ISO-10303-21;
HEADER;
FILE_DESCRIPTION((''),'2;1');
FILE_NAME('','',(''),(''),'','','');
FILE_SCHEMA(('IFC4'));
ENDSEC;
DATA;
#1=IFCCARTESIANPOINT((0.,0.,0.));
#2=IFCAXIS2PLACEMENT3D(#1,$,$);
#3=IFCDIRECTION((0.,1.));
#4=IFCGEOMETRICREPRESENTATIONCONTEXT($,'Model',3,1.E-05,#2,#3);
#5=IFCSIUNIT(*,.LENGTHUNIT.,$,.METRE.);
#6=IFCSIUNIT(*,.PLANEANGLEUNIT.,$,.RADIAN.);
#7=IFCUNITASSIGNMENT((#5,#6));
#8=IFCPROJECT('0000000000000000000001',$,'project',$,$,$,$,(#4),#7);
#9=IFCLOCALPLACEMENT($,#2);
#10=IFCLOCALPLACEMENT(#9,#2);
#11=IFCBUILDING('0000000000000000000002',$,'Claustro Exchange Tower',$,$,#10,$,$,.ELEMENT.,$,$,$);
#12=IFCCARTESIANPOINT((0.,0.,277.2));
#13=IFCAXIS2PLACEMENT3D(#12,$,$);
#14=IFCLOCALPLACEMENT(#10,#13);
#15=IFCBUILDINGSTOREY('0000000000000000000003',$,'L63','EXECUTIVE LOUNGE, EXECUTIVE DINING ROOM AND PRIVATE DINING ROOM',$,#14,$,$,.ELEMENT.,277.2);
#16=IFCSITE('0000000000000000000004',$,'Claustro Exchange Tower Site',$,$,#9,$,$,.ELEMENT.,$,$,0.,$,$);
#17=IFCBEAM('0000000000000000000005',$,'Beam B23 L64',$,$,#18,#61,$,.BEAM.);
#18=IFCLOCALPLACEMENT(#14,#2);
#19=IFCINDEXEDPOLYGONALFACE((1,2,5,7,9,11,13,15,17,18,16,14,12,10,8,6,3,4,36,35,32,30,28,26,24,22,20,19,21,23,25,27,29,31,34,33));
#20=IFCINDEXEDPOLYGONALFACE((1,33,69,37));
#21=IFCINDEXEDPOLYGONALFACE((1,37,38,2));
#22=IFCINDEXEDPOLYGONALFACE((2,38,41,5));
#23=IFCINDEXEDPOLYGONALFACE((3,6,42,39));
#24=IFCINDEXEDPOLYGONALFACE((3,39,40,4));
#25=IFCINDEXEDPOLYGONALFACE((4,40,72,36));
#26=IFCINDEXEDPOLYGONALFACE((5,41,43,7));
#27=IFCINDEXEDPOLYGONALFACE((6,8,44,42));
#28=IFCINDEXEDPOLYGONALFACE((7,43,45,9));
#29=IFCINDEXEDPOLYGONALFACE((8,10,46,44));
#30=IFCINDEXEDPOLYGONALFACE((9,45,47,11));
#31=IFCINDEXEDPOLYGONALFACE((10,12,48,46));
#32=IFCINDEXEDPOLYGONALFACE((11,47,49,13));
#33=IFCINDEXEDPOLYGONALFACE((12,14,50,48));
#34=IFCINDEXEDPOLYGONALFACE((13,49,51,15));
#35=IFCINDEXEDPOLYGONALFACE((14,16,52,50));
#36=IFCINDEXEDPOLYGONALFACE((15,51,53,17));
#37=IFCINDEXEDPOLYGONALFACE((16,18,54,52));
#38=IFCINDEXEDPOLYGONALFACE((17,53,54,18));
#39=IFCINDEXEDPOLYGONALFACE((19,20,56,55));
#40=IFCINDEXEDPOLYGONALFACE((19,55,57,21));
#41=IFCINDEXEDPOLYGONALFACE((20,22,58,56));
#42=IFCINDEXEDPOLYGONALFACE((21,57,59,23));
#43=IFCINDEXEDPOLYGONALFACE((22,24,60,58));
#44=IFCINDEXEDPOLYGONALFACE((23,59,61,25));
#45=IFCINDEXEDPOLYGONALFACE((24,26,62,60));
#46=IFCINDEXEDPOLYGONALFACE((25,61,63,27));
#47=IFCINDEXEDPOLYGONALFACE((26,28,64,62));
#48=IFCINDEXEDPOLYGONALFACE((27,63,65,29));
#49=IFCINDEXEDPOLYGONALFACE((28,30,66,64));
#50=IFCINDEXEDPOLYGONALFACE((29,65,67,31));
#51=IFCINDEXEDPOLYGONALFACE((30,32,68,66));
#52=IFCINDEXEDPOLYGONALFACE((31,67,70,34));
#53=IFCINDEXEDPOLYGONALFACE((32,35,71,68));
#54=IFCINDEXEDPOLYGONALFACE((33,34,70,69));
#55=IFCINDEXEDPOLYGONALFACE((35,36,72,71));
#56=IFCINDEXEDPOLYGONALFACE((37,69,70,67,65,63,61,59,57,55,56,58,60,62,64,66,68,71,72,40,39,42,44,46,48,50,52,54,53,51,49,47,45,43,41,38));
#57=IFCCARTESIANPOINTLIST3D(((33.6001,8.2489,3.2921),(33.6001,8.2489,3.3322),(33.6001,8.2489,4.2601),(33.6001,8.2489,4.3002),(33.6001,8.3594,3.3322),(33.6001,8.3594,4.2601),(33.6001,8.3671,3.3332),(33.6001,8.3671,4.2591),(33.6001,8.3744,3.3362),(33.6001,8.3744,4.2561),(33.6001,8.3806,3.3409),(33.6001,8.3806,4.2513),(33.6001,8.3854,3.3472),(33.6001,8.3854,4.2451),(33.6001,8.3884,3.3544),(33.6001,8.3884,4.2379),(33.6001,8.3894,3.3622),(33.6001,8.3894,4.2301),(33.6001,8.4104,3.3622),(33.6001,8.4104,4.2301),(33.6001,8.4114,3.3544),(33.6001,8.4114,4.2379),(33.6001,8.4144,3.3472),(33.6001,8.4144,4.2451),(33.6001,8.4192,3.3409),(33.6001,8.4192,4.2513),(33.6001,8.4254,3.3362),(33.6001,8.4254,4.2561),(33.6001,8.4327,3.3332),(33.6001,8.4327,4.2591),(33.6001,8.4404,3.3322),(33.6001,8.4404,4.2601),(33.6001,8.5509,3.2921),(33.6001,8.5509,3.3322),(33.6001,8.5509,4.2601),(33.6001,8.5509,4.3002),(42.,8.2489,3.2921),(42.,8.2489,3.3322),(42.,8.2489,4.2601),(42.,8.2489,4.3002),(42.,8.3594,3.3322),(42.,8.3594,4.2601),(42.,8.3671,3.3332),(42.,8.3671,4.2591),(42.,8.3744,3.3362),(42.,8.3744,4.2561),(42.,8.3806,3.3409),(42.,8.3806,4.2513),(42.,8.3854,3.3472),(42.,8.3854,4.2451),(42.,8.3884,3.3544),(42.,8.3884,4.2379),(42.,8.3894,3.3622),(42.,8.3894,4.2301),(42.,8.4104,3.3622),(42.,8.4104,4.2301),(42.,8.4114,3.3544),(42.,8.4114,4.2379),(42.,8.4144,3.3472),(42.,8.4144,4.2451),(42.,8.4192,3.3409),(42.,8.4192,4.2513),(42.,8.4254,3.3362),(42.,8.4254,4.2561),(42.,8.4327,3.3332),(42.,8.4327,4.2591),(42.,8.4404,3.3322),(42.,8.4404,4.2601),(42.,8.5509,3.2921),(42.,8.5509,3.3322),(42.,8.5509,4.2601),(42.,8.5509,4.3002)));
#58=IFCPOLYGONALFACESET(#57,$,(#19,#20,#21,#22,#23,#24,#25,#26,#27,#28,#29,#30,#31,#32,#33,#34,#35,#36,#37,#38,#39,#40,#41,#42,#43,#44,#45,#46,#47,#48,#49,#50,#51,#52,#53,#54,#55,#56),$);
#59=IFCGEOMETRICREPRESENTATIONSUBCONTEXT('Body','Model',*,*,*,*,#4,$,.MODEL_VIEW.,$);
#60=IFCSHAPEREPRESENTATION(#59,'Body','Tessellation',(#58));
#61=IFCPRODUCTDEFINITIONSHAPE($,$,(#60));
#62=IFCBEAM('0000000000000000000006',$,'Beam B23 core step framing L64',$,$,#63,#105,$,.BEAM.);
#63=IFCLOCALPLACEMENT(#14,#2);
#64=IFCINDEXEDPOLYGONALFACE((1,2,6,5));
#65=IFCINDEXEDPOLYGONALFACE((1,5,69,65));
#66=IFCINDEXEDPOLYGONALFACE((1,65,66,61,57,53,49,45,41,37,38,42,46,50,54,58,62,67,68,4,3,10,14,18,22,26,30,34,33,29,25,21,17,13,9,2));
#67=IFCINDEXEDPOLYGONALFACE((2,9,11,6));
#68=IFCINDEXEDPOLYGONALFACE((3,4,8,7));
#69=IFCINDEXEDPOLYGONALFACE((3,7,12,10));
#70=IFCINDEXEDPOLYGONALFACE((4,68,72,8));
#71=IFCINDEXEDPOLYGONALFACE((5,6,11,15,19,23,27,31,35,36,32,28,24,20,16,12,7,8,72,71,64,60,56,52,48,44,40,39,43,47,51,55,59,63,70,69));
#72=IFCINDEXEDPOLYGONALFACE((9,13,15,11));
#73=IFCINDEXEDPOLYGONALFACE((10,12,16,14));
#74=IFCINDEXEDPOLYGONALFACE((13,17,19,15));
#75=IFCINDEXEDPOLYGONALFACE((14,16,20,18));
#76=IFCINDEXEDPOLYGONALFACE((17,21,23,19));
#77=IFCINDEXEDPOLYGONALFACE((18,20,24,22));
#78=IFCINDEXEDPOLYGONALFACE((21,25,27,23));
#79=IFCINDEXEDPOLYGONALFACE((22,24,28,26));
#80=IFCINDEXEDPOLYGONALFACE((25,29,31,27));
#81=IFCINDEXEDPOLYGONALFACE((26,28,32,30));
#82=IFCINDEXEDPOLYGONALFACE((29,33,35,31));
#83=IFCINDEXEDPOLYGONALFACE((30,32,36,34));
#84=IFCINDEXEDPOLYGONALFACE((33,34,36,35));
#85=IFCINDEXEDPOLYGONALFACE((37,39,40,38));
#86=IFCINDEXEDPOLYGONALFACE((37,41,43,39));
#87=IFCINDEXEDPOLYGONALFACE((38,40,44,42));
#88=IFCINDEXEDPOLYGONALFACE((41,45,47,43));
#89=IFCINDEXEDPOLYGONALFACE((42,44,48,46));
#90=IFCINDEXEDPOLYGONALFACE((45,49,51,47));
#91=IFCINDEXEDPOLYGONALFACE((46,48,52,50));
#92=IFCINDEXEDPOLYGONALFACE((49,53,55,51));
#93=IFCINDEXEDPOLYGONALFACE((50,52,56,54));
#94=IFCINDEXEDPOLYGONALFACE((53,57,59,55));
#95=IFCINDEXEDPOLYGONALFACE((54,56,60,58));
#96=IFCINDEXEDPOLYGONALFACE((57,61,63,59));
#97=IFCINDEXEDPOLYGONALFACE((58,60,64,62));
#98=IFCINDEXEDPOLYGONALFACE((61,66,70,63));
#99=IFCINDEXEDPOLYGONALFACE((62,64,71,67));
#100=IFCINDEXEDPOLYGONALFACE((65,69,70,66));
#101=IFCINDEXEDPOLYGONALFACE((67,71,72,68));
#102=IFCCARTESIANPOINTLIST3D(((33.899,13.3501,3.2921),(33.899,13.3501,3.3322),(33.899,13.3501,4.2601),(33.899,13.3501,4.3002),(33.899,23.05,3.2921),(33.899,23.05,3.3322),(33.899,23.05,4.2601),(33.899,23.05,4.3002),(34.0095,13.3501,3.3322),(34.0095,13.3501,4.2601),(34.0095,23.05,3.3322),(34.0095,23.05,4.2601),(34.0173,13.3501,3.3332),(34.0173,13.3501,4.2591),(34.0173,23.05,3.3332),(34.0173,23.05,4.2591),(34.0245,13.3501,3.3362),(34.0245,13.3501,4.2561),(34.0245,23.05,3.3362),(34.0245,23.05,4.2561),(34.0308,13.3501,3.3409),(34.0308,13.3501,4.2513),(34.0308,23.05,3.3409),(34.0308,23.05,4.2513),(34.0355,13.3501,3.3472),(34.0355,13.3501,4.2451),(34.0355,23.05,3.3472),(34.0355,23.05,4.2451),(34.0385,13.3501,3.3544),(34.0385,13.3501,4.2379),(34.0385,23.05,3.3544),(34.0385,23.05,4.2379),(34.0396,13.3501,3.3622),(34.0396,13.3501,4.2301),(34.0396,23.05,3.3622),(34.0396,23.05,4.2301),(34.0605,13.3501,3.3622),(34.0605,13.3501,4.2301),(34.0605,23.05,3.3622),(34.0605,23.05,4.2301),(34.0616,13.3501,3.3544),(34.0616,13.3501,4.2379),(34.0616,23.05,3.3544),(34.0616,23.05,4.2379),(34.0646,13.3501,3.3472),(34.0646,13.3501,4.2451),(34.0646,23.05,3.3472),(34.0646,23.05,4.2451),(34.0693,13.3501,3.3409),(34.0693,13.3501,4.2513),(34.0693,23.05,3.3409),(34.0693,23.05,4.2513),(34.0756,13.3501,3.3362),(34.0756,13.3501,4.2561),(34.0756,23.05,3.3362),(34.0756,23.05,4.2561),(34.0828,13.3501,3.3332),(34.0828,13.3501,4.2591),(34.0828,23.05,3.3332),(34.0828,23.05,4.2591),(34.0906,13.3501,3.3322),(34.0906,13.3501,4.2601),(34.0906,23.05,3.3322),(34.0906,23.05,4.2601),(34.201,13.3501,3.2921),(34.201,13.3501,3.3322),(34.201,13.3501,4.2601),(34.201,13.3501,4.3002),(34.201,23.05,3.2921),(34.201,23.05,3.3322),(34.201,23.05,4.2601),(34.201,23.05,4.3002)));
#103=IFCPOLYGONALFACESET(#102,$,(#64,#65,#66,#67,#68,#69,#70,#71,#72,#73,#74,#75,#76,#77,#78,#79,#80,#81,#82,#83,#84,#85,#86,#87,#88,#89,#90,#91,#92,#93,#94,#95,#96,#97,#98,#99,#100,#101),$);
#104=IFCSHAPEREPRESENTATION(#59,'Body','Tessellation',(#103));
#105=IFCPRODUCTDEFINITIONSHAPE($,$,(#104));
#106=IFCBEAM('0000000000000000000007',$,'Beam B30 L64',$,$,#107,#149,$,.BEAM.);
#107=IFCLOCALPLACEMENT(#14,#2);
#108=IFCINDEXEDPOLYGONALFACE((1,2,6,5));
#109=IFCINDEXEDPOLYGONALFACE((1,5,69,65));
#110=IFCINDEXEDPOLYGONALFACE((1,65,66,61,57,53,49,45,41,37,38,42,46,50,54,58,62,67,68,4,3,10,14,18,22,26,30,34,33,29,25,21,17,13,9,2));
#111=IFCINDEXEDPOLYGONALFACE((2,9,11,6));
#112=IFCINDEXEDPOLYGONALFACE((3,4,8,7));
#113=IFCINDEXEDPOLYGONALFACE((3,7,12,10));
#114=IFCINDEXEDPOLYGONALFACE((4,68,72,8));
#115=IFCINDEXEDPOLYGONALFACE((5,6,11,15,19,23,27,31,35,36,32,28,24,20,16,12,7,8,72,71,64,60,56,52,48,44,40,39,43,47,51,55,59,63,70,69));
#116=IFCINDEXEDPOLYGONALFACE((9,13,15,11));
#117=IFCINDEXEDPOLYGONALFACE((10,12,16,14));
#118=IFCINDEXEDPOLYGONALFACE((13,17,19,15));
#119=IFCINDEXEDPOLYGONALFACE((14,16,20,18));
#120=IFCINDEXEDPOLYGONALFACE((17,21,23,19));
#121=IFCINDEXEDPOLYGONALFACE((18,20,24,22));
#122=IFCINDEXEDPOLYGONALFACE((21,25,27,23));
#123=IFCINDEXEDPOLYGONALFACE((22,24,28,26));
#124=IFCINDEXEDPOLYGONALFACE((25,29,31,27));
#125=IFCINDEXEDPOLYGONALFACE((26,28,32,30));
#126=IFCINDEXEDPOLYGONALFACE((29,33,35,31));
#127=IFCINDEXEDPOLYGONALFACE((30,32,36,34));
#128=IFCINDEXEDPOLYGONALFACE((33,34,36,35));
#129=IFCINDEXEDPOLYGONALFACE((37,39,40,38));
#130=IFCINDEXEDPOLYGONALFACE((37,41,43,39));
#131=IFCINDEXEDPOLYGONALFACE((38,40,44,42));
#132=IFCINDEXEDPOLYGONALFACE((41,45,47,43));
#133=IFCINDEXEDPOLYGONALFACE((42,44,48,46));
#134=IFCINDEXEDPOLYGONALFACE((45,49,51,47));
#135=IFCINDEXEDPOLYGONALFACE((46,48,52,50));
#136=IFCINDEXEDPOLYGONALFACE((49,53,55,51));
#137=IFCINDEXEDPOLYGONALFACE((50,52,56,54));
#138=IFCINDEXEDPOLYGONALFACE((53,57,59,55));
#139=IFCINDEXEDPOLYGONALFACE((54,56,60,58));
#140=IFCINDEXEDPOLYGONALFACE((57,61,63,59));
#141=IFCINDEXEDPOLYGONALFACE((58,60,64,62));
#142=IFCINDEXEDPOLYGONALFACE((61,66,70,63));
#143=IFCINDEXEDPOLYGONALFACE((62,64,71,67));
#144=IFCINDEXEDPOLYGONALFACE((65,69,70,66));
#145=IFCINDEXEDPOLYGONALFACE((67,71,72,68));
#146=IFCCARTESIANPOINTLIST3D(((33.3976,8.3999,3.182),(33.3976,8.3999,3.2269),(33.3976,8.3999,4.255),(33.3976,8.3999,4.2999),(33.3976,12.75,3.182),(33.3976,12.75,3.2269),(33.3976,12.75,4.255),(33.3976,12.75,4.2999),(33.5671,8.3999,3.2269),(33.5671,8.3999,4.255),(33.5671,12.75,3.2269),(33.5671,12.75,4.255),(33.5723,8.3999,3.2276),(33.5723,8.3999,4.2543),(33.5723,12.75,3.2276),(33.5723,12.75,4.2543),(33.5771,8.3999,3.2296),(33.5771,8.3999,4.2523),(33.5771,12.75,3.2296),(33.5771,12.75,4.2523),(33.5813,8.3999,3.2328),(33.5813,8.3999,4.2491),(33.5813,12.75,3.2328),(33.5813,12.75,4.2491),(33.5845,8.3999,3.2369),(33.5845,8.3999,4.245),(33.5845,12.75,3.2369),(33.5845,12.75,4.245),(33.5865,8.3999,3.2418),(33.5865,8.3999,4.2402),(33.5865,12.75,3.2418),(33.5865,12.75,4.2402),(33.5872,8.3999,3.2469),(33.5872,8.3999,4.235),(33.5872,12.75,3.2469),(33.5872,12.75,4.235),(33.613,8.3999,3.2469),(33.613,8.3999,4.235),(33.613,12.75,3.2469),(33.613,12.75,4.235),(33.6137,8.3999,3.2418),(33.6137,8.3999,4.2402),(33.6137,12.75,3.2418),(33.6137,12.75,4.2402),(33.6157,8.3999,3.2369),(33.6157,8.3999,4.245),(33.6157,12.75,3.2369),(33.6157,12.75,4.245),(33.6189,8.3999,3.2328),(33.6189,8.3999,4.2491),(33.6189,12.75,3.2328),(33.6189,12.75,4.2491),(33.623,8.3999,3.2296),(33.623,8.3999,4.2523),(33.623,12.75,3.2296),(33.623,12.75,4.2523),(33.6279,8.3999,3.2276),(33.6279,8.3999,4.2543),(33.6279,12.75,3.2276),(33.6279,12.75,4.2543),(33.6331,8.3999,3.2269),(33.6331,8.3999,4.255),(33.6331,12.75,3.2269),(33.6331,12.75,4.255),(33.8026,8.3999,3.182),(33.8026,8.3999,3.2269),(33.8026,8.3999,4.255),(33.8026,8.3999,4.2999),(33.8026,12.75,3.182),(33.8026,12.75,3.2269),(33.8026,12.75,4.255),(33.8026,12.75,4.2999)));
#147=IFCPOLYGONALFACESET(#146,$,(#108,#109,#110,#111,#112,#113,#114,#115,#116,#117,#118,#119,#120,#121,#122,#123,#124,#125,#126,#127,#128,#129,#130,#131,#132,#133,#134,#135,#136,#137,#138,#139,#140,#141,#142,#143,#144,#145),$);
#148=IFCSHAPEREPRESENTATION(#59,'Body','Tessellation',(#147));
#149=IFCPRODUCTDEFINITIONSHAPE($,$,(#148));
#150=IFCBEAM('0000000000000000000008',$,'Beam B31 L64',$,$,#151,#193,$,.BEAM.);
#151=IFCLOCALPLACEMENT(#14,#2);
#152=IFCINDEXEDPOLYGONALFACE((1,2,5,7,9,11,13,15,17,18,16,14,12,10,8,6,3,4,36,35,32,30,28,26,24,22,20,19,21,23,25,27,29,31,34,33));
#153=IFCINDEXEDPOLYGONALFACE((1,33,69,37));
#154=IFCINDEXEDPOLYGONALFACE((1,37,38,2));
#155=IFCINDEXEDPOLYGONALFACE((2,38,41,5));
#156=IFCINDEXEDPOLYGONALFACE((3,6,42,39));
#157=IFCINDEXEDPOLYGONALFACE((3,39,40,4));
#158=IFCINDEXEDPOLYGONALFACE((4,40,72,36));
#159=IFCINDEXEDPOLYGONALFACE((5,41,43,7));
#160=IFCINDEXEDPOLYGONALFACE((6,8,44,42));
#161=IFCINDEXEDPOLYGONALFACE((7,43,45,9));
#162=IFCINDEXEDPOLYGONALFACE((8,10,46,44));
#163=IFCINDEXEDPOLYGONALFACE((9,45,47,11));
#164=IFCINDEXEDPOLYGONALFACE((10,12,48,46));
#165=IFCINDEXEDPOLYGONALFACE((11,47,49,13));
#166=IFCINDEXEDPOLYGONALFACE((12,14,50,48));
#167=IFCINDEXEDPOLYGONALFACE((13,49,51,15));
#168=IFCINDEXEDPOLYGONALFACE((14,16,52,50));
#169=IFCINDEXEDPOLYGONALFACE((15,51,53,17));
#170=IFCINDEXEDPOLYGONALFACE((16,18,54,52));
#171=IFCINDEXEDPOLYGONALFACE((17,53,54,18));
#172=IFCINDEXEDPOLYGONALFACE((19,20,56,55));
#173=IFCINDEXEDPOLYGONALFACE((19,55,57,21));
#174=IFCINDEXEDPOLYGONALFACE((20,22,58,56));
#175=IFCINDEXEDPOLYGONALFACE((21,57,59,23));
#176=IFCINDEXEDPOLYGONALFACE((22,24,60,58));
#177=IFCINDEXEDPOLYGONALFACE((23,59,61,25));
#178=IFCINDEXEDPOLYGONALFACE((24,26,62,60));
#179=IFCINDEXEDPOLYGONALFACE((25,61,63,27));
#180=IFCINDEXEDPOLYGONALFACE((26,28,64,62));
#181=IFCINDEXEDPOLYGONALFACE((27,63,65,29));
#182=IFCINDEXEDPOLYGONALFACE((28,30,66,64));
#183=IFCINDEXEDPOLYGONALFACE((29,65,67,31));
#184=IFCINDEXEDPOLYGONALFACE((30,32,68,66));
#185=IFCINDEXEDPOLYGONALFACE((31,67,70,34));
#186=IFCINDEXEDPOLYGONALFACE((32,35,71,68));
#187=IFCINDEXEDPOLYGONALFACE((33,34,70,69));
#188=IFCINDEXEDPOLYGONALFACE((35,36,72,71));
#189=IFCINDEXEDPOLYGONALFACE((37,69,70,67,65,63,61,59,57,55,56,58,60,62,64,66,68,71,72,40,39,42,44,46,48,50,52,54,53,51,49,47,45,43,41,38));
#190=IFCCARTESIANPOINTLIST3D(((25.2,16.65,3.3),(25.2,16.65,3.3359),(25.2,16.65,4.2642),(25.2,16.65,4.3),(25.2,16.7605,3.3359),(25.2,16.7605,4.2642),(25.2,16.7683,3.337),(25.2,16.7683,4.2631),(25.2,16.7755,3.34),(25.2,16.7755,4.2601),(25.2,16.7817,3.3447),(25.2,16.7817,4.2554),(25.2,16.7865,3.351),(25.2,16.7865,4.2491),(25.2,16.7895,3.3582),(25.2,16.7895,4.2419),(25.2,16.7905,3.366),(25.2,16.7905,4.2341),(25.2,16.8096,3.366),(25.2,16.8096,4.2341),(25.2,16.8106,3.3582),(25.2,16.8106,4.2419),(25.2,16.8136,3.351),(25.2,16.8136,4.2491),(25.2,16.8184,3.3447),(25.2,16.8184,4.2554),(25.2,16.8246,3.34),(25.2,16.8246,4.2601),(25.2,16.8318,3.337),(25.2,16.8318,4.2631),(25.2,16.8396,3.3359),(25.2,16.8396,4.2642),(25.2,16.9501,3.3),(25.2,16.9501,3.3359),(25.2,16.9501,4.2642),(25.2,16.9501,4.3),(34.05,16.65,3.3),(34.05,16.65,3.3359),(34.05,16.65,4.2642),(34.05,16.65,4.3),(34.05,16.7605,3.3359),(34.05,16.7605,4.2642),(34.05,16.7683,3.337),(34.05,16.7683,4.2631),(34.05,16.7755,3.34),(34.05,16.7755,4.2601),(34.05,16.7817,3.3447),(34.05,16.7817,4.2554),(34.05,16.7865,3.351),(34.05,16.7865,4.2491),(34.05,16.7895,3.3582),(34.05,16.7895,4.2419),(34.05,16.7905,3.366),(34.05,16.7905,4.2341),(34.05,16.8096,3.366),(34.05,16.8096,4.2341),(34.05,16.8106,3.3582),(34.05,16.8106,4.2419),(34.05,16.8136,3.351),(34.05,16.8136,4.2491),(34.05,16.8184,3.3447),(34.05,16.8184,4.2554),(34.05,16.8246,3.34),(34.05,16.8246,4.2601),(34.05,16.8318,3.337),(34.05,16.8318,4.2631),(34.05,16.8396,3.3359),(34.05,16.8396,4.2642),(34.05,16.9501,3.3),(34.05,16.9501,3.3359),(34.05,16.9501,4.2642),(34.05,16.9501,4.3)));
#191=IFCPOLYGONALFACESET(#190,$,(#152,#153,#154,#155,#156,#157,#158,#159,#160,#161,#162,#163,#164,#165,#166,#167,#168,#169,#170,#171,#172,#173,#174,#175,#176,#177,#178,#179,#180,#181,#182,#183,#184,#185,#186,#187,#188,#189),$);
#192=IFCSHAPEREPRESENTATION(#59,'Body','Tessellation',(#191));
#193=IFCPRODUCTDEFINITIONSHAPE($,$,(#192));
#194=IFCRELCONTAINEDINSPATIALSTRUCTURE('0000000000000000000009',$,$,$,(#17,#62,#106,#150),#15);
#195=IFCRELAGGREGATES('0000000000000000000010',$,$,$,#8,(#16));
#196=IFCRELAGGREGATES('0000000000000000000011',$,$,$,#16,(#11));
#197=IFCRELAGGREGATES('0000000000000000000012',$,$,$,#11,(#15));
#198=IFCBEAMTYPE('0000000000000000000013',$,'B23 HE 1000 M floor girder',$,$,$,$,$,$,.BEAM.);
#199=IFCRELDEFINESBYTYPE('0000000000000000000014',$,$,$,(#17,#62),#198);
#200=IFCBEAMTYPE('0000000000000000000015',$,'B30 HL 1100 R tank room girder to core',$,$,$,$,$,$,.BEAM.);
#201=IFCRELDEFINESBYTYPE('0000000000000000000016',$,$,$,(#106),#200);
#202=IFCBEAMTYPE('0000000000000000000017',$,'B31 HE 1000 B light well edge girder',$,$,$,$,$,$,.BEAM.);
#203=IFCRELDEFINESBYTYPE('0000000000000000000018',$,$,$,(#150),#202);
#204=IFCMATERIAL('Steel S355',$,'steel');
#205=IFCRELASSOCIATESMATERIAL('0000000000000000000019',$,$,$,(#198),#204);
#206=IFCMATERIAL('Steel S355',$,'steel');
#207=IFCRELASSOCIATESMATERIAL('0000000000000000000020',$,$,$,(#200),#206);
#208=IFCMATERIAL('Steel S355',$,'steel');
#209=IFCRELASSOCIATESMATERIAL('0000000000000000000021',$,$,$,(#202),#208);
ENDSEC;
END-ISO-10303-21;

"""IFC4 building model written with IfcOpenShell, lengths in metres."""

from ifc_helpers import new_model, si_unit, direction, frame, origin, origin_2d, place, context, subcontext, project, spatial, i_section, extrude, material, material_profile, profile_set, type_object, element, save


model = new_model("IFC4")

# Units and contexts
model_context = context("Model", 3, precision=1e-05, world=origin(), true_north=direction((0.0, 1.0)))
body_context = subcontext(model_context, "Body", "Model", "MODEL_VIEW")
ifc_project = project(units=[si_unit("LENGTHUNIT", "METRE"), si_unit("PLANEANGLEUNIT", "RADIAN")], contexts=[model_context])

# Site, building, storey
site_placement = place(None, origin())
site = spatial("IfcSite", under=ifc_project, at=site_placement, Name="Claustro Exchange Tower Site", CompositionType="ELEMENT", RefElevation=0.0)
building_placement = place(site_placement, origin())
building = spatial("IfcBuilding", under=site, at=building_placement, Name="Claustro Exchange Tower", CompositionType="ELEMENT")
storey_placement = place(building_placement, frame((0.0, 0.0, 277.2)))
storey = spatial("IfcBuildingStorey", under=building, at=storey_placement, Name="L63", Description="EXECUTIVE LOUNGE, EXECUTIVE DINING ROOM AND PRIVATE DINING ROOM", CompositionType="ELEMENT", Elevation=277.2)

# Beams
ifc_material_1 = material(Name="Steel S355", Category="steel")
ifc_material_profile_1 = material_profile(ifc_material_1, i_section(OverallWidth=0.302, OverallDepth=1.0081, WebThickness=0.021, FlangeThickness=0.04, FilletRadius=0.03, at=origin_2d()), Name="HE 1000 M")
ifc_profile_set_1 = profile_set([ifc_material_profile_1], Name="Steel S355")
beam_type_1 = type_object("IfcBeamType", Name="B23 HE 1000 M floor girder", PredefinedType="BEAM", material=ifc_profile_set_1)
beam_1_placement = place(storey_placement, frame((33.6001, 8.3999, 3.7961), z_axis=(1.0, 0.0, 0.0), x_axis=(0.0, 1.0, 0.0)))
element("IfcBeam", 1, at=beam_1_placement, inside=storey, type_object=beam_type_1, Name="Beam B23 L64", PredefinedType="BEAM", context=body_context, shape_type="SweptSolid", body=[
    extrude(i_section(OverallWidth=0.302, OverallDepth=1.0081, WebThickness=0.021, FlangeThickness=0.04, FilletRadius=0.03, at=origin_2d()), origin(), (0.0, 0.0, 1.0), 8.3999),
])
beam_2_placement = place(storey_placement, frame((34.05, 13.3501, 3.7961), z_axis=(0.0, 1.0, 0.0), x_axis=(-1.0, 0.0, 0.0)))
element("IfcBeam", 2, at=beam_2_placement, inside=storey, type_object=beam_type_1, Name="Beam B23 core step framing L64", PredefinedType="BEAM", context=body_context, shape_type="SweptSolid", body=[
    extrude(i_section(OverallWidth=0.302, OverallDepth=1.0081, WebThickness=0.021, FlangeThickness=0.04, FilletRadius=0.03, at=origin_2d()), origin(), (0.0, 0.0, 1.0), 9.7),
])
ifc_material_2 = material(Name="Steel S355", Category="steel")
ifc_material_profile_2 = material_profile(ifc_material_2, i_section(OverallWidth=0.405, OverallDepth=1.1179, WebThickness=0.0259, FlangeThickness=0.0449, FilletRadius=0.02, at=origin_2d()), Name="HL 1100 R")
ifc_profile_set_2 = profile_set([ifc_material_profile_2], Name="Steel S355")
beam_type_2 = type_object("IfcBeamType", Name="B30 HL 1100 R tank room girder to core", PredefinedType="BEAM", material=ifc_profile_set_2)
beam_3_placement = place(storey_placement, frame((33.6001, 8.3999, 3.741), z_axis=(0.0, 1.0, 0.0), x_axis=(-1.0, 0.0, 0.0)))
element("IfcBeam", 3, at=beam_3_placement, inside=storey, type_object=beam_type_2, Name="Beam B30 L64", PredefinedType="BEAM", context=body_context, shape_type="SweptSolid", body=[
    extrude(i_section(OverallWidth=0.405, OverallDepth=1.1179, WebThickness=0.0259, FlangeThickness=0.0449, FilletRadius=0.02, at=origin_2d()), origin(), (0.0, 0.0, 1.0), 4.3501),
])
ifc_material_3 = material(Name="Steel S355", Category="steel")
ifc_material_profile_3 = material_profile(ifc_material_3, i_section(OverallWidth=0.3, OverallDepth=1.0, WebThickness=0.019, FlangeThickness=0.0359, FilletRadius=0.03, at=origin_2d()), Name="HE 1000 B")
ifc_profile_set_3 = profile_set([ifc_material_profile_3], Name="Steel S355")
beam_type_3 = type_object("IfcBeamType", Name="B31 HE 1000 B light well edge girder", PredefinedType="BEAM", material=ifc_profile_set_3)
beam_4_placement = place(storey_placement, frame((25.2, 16.8, 3.8), z_axis=(1.0, 0.0, 0.0), x_axis=(0.0, 1.0, 0.0)))
element("IfcBeam", 4, at=beam_4_placement, inside=storey, type_object=beam_type_3, Name="Beam B31 L64", PredefinedType="BEAM", context=body_context, shape_type="SweptSolid", body=[
    extrude(i_section(OverallWidth=0.3, OverallDepth=1.0, WebThickness=0.019, FlangeThickness=0.0359, FilletRadius=0.03, at=origin_2d()), origin(), (0.0, 0.0, 1.0), 8.8501),
])

save(model, "model.ifc")
